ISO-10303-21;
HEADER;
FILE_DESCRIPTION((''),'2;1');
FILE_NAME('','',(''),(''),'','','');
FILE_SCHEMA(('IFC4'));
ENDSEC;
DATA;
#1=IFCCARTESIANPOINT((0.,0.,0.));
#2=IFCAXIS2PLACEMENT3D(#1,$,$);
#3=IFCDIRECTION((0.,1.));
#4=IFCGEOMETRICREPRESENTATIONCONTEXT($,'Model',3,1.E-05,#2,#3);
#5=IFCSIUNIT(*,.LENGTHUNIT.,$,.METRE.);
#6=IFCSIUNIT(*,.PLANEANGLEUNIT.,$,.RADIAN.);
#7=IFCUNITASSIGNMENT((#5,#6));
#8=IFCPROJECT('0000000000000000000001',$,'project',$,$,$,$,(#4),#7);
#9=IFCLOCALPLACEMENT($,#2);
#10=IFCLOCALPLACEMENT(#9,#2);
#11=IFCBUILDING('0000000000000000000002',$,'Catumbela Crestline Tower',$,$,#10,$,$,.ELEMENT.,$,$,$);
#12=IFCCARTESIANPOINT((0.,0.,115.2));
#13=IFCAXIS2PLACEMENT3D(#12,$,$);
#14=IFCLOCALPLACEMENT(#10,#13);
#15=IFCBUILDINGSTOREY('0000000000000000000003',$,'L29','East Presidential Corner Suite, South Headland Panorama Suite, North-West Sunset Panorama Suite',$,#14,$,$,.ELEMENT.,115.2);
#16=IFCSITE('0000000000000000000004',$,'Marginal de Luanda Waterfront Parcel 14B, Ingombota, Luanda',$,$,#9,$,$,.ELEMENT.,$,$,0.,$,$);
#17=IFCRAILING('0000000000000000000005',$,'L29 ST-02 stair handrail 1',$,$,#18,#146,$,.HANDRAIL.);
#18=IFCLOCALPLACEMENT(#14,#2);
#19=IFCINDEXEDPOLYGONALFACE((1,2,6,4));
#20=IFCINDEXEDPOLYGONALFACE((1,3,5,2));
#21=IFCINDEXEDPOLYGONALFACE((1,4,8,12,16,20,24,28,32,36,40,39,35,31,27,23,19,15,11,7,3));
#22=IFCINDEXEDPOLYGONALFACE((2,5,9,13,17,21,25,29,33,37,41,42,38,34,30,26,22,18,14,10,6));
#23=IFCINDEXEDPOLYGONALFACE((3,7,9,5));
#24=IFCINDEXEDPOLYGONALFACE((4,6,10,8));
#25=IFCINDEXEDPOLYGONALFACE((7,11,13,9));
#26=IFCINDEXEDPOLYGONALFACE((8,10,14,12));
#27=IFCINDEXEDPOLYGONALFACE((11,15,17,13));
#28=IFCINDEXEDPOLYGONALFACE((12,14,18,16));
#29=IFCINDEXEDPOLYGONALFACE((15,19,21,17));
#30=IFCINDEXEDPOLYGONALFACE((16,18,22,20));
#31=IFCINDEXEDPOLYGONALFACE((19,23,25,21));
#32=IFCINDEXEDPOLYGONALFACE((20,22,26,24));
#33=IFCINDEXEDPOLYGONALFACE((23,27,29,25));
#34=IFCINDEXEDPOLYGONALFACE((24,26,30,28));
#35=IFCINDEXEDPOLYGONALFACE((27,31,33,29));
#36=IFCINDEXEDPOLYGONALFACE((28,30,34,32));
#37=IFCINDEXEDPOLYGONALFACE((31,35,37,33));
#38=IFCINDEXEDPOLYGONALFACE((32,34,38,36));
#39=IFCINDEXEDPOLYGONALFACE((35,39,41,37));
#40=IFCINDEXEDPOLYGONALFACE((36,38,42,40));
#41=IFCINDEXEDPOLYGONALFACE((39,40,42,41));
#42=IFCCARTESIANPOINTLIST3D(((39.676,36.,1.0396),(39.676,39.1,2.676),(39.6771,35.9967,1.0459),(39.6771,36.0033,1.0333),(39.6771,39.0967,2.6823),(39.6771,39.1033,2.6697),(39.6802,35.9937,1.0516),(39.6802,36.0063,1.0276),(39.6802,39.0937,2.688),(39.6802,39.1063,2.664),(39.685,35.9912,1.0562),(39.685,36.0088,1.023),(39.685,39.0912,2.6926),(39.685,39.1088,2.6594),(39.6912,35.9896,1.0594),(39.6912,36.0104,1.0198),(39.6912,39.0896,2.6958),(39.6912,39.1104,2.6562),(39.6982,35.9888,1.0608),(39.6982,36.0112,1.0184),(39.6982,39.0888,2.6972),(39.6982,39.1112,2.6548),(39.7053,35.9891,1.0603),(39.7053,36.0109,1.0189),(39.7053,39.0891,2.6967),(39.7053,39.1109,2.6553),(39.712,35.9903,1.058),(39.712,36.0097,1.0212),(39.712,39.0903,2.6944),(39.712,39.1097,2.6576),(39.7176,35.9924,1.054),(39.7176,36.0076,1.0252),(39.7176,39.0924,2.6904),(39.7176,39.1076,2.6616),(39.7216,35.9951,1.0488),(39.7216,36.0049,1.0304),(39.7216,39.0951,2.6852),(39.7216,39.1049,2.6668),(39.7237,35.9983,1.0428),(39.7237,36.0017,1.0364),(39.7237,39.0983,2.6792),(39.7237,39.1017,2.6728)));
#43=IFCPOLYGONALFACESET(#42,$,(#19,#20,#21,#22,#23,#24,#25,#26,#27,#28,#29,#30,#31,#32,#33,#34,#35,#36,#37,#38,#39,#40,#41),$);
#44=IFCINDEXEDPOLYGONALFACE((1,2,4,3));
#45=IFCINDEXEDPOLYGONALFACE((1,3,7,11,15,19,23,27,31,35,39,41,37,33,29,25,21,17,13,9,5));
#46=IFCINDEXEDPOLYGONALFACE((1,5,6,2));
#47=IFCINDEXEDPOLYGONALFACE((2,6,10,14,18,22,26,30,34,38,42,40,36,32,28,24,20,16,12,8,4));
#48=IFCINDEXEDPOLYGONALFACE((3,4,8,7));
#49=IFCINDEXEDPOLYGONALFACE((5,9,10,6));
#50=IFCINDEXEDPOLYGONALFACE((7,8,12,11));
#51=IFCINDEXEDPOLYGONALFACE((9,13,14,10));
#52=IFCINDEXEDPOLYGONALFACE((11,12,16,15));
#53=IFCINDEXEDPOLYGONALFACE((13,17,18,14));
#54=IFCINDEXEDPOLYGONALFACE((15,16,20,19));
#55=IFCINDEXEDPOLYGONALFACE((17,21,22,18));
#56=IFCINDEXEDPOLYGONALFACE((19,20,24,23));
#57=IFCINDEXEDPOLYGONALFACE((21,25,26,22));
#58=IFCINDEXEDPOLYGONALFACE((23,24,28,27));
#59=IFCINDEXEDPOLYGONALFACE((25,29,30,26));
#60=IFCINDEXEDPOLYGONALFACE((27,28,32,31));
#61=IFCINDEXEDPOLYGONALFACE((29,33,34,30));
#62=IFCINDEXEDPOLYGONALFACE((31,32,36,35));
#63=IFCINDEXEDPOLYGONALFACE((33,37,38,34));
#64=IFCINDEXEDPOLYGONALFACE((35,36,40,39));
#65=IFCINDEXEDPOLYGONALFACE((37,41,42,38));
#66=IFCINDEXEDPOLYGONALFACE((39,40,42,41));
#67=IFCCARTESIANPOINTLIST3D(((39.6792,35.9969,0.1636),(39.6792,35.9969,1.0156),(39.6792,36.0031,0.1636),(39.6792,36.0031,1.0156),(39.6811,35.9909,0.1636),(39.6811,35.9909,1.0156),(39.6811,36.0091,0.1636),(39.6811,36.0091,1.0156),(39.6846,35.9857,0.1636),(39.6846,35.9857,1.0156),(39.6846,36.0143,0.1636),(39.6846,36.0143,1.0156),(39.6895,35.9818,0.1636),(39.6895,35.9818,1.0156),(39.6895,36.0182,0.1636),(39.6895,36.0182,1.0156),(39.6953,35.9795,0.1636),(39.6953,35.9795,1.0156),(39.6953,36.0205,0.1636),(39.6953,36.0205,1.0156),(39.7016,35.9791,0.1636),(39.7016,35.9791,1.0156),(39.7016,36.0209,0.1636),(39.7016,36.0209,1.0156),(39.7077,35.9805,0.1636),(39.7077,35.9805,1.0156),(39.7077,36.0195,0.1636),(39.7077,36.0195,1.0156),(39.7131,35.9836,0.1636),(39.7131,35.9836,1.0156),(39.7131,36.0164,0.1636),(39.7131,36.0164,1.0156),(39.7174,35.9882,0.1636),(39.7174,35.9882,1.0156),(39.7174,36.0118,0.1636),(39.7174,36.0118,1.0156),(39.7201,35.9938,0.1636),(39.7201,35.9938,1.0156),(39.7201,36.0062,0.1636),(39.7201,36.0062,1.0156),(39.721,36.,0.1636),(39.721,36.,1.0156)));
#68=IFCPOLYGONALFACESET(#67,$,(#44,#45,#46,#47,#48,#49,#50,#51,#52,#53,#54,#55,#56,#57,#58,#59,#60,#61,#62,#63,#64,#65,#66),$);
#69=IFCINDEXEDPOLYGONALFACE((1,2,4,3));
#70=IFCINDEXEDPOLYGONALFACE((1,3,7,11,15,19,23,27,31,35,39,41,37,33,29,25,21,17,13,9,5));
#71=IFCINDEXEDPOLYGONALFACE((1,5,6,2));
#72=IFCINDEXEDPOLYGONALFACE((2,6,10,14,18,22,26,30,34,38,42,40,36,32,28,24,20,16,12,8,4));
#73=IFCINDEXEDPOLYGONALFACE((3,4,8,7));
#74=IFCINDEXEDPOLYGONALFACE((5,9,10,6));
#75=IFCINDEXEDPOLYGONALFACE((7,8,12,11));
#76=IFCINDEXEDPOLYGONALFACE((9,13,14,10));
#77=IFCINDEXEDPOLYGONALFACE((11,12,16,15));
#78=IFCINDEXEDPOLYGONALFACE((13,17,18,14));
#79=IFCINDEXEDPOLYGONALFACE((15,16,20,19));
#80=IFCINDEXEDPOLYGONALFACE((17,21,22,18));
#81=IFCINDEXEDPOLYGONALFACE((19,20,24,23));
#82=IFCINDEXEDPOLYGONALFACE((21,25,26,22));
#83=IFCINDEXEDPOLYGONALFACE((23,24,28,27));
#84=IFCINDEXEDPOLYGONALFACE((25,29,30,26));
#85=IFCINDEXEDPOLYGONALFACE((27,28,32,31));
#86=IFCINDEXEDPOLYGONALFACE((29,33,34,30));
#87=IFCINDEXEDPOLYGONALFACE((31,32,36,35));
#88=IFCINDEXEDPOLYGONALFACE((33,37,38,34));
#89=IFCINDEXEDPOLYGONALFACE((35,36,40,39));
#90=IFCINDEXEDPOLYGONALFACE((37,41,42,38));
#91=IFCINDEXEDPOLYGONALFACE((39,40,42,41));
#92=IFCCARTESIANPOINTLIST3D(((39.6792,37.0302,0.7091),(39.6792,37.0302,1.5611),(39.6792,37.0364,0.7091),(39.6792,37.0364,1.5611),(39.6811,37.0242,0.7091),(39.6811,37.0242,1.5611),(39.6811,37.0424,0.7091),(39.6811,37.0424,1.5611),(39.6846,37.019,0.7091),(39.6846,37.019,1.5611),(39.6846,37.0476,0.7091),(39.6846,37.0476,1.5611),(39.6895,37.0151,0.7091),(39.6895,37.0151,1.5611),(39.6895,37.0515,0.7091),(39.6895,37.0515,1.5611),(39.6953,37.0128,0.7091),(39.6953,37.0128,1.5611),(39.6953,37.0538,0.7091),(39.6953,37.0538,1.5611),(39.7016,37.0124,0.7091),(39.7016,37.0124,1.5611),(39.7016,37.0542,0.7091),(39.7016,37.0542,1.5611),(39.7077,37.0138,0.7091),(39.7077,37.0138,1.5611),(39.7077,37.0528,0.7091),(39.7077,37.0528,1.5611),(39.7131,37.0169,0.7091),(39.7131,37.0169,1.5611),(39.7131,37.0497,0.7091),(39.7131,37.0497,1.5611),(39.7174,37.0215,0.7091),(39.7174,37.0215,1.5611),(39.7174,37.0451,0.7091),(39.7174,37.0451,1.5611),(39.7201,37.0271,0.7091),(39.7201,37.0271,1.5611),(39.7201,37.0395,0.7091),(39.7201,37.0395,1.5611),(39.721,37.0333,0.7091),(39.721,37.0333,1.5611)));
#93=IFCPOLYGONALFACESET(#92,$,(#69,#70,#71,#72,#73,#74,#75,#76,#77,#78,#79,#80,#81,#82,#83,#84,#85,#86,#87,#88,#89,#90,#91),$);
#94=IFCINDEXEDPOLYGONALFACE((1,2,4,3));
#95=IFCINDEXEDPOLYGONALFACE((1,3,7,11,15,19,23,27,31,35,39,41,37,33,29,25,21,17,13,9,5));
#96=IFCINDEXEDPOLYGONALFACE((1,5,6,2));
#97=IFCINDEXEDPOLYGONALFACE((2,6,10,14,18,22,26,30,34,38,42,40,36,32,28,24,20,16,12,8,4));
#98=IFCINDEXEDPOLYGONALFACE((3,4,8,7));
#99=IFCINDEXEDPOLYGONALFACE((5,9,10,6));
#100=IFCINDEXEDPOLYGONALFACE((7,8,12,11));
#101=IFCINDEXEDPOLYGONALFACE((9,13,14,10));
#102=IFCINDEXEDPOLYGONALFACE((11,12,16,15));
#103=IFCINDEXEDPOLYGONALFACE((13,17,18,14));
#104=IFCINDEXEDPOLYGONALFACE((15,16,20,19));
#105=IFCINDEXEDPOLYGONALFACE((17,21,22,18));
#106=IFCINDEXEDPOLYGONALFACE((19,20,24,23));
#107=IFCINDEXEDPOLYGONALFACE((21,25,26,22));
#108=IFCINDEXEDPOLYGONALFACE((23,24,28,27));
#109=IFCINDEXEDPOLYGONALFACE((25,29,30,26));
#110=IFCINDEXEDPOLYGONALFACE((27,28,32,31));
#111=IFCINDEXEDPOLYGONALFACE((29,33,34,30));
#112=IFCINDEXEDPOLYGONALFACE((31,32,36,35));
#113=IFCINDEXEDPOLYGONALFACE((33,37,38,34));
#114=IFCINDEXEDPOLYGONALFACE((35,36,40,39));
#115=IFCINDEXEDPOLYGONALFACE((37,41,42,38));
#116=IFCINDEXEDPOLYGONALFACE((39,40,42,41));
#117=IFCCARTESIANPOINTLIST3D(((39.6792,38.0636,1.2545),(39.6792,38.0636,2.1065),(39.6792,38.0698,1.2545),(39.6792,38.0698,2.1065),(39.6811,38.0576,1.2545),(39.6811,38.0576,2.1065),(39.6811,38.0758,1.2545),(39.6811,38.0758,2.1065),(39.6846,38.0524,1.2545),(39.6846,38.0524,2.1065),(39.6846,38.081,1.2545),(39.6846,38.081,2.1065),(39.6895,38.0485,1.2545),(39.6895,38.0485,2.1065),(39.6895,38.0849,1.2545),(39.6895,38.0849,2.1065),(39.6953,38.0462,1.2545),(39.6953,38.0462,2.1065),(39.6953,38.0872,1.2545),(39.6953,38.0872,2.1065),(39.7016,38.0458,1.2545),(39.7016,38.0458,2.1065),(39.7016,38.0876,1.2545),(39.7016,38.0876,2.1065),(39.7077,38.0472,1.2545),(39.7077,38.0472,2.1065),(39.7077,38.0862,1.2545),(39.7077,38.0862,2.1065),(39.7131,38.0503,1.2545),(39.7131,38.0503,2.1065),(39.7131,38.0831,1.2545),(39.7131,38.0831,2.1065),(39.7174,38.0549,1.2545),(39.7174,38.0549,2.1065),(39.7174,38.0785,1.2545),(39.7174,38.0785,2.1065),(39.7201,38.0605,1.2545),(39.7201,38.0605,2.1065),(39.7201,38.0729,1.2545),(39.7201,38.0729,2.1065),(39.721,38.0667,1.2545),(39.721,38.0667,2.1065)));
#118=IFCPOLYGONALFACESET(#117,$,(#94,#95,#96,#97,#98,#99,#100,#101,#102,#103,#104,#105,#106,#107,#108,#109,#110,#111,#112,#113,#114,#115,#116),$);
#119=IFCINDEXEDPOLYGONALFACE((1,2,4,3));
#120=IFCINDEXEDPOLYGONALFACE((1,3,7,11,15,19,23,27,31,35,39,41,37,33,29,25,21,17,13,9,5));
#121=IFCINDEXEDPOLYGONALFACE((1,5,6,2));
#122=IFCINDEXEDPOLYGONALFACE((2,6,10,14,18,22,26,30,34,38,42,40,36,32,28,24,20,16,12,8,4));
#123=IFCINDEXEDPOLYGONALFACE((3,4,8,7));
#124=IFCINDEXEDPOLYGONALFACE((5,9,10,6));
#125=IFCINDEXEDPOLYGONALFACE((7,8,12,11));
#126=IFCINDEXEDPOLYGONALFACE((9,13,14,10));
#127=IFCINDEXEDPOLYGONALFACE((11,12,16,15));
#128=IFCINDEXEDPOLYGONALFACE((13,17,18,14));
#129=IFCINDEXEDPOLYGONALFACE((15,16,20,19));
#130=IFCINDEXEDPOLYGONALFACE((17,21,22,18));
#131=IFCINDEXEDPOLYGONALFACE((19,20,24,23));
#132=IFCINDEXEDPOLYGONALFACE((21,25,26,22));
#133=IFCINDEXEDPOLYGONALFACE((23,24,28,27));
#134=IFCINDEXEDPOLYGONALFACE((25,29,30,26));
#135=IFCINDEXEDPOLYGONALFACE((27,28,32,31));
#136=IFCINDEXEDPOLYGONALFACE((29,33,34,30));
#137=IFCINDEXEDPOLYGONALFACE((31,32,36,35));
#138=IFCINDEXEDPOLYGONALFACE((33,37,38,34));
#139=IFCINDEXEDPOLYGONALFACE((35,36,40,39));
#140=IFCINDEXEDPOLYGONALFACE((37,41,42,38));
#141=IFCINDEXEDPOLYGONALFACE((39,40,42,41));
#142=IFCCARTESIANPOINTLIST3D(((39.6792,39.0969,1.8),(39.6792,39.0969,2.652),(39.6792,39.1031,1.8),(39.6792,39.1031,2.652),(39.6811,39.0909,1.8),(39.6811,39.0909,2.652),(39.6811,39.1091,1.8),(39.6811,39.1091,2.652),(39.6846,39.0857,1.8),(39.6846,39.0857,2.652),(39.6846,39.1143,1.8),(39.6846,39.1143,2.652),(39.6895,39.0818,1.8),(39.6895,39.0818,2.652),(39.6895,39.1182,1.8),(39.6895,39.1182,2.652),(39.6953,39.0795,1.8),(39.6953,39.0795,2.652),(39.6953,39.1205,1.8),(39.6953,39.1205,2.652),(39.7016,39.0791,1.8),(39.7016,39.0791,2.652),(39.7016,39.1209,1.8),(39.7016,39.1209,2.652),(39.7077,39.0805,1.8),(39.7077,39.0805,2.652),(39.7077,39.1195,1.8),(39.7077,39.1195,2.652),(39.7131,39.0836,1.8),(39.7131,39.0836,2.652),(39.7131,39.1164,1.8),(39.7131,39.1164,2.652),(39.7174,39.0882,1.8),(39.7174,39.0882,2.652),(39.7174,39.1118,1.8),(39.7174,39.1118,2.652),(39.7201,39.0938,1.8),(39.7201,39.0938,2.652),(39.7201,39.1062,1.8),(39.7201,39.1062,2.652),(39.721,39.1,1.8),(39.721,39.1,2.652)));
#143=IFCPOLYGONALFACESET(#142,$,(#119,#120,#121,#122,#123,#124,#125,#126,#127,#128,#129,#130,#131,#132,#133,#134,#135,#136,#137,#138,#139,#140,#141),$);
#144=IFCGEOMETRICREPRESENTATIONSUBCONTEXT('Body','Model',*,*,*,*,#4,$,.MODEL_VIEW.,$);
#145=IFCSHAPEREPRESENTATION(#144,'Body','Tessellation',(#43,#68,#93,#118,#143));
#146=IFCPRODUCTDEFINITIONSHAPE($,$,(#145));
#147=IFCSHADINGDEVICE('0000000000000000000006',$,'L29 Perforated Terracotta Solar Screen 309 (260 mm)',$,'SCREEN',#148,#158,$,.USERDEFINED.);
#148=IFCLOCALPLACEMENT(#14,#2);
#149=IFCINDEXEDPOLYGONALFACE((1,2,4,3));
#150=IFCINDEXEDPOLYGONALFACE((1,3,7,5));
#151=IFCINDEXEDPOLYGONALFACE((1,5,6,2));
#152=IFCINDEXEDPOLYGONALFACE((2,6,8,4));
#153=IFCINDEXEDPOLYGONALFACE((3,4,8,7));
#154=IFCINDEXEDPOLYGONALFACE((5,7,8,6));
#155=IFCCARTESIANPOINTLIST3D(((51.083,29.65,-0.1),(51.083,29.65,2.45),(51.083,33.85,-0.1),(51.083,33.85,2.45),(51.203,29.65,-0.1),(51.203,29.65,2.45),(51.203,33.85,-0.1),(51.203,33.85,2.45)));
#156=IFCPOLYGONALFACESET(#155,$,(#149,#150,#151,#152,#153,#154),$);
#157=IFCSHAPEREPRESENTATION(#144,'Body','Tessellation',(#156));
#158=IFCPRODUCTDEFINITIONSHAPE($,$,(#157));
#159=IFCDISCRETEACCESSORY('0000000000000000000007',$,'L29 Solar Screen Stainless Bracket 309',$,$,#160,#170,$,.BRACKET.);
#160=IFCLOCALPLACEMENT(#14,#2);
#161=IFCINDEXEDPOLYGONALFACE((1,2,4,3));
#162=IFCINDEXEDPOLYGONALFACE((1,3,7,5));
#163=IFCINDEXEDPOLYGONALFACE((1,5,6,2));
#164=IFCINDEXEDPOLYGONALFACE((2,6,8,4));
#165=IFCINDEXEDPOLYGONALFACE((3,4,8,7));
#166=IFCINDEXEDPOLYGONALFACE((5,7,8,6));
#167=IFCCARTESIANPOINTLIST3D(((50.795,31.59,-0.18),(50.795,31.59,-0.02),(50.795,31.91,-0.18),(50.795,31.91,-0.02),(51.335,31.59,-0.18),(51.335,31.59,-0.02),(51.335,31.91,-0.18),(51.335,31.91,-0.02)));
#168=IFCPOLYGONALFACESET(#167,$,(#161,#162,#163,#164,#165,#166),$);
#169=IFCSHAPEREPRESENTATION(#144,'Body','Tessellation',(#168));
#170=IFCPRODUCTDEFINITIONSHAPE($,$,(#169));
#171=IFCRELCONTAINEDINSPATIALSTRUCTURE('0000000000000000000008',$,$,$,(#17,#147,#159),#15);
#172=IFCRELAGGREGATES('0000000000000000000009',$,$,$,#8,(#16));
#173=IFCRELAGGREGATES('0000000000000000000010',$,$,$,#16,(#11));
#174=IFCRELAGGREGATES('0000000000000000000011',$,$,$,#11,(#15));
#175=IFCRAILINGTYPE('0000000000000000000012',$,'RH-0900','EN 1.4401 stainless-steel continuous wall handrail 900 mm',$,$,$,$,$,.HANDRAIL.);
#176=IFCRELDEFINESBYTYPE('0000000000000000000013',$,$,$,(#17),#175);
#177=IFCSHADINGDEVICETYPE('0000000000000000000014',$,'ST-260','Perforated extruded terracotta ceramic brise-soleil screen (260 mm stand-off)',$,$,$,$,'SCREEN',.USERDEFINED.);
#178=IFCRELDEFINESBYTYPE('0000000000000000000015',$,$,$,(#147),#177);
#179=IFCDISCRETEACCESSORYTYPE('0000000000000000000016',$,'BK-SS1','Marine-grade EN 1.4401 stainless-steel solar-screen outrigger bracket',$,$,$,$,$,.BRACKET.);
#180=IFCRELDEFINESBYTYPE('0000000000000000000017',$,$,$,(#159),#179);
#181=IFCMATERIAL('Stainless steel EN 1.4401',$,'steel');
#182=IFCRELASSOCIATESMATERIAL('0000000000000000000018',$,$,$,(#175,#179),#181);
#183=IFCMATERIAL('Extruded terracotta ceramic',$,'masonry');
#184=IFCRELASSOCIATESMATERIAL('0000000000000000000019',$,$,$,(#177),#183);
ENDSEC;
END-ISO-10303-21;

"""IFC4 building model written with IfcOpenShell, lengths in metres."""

from ifc_helpers import new_model, si_unit, direction, frame, origin, origin_2d, place, context, subcontext, project, spatial, rectangle, circle, extrude, material, type_object, element, save


model = new_model("IFC4")

# Units and contexts
model_context = context("Model", 3, precision=1e-05, world=origin(), true_north=direction((0.0, 1.0)))
body_context = subcontext(model_context, "Body", "Model", "MODEL_VIEW")
ifc_project = project(units=[si_unit("LENGTHUNIT", "METRE"), si_unit("PLANEANGLEUNIT", "RADIAN")], contexts=[model_context])

# Site, building, storey
site_placement = place(None, origin())
site = spatial("IfcSite", under=ifc_project, at=site_placement, Name="Marginal de Luanda Waterfront Parcel 14B, Ingombota, Luanda", CompositionType="ELEMENT", RefElevation=0.0)
building_placement = place(site_placement, origin())
building = spatial("IfcBuilding", under=site, at=building_placement, Name="Catumbela Crestline Tower", CompositionType="ELEMENT")
storey_placement = place(building_placement, frame((0.0, 0.0, 115.2)))
storey = spatial("IfcBuildingStorey", under=building, at=storey_placement, Name="L29", Description="East Presidential Corner Suite, South Headland Panorama Suite, North-West Sunset Panorama Suite", CompositionType="ELEMENT", Elevation=115.2)

# Railing
ifc_material_1 = material(Name="Stainless steel EN 1.4401", Category="steel")
railing_type = type_object("IfcRailingType", Name="RH-0900", Description="EN 1.4401 stainless-steel continuous wall handrail 900 mm", PredefinedType="HANDRAIL", material=ifc_material_1)
railing_placement = place(storey_placement, frame((39.7, 36.0, 0.1636)))
element("IfcRailing", 1, at=railing_placement, inside=storey, type_object=railing_type, Name="L29 ST-02 stair handrail 1", PredefinedType="HANDRAIL", context=body_context, shape_type="SweptSolid", body=[
    extrude(circle(Radius=0.024, at=origin_2d()), frame((0.0, 0.0, 0.876), z_axis=(0.0, 0.884351, 0.466823), x_axis=(-1.0, 0.0, 0.0)), (0.0, 0.0, 1.0), 3.5054),
    extrude(circle(Radius=0.021, at=origin_2d()), origin(), (0.0, 0.0, 1.0), 0.852),
    extrude(circle(Radius=0.021, at=origin_2d()), frame((0.0, 1.0333, 0.5455)), (0.0, 0.0, 1.0), 0.852),
    extrude(circle(Radius=0.021, at=origin_2d()), frame((0.0, 2.0667, 1.0909)), (0.0, 0.0, 1.0), 0.852),
    extrude(circle(Radius=0.021, at=origin_2d()), frame((0.0, 3.1, 1.6364)), (0.0, 0.0, 1.0), 0.852),
])

# Shading device
ifc_material_2 = material(Name="Extruded terracotta ceramic", Category="masonry")
shading_device_type = type_object("IfcShadingDeviceType", Name="ST-260", Description="Perforated extruded terracotta ceramic brise-soleil screen (260 mm stand-off)", ElementType="SCREEN", PredefinedType="USERDEFINED", material=ifc_material_2)
shading_device_placement = place(storey_placement, frame((51.143, 31.75, -0.1), z_axis=(0.0, 0.0, 1.0), x_axis=(0.0, 1.0, 0.0)))
element("IfcShadingDevice", 2, at=shading_device_placement, inside=storey, type_object=shading_device_type, Name="L29 Perforated Terracotta Solar Screen 309 (260 mm)", ObjectType="SCREEN", PredefinedType="USERDEFINED", context=body_context, shape_type="SweptSolid", body=[
    extrude(rectangle(XDim=4.2, YDim=0.12, at=origin_2d()), origin(), (0.0, 0.0, 1.0), 2.55),
])

# Discrete accessory
discrete_accessory_type = type_object("IfcDiscreteAccessoryType", Name="BK-SS1", Description="Marine-grade EN 1.4401 stainless-steel solar-screen outrigger bracket", PredefinedType="BRACKET", material=ifc_material_1)
discrete_accessory_placement = place(storey_placement, frame((51.065, 31.75, -0.18), z_axis=(0.0, 0.0, 1.0), x_axis=(0.0, 1.0, 0.0)))
element("IfcDiscreteAccessory", 3, at=discrete_accessory_placement, inside=storey, type_object=discrete_accessory_type, Name="L29 Solar Screen Stainless Bracket 309", PredefinedType="BRACKET", context=body_context, shape_type="SweptSolid", body=[
    extrude(rectangle(XDim=0.32, YDim=0.54, at=origin_2d()), origin(), (0.0, 0.0, 1.0), 0.16),
])

save(model, "model.ifc")
